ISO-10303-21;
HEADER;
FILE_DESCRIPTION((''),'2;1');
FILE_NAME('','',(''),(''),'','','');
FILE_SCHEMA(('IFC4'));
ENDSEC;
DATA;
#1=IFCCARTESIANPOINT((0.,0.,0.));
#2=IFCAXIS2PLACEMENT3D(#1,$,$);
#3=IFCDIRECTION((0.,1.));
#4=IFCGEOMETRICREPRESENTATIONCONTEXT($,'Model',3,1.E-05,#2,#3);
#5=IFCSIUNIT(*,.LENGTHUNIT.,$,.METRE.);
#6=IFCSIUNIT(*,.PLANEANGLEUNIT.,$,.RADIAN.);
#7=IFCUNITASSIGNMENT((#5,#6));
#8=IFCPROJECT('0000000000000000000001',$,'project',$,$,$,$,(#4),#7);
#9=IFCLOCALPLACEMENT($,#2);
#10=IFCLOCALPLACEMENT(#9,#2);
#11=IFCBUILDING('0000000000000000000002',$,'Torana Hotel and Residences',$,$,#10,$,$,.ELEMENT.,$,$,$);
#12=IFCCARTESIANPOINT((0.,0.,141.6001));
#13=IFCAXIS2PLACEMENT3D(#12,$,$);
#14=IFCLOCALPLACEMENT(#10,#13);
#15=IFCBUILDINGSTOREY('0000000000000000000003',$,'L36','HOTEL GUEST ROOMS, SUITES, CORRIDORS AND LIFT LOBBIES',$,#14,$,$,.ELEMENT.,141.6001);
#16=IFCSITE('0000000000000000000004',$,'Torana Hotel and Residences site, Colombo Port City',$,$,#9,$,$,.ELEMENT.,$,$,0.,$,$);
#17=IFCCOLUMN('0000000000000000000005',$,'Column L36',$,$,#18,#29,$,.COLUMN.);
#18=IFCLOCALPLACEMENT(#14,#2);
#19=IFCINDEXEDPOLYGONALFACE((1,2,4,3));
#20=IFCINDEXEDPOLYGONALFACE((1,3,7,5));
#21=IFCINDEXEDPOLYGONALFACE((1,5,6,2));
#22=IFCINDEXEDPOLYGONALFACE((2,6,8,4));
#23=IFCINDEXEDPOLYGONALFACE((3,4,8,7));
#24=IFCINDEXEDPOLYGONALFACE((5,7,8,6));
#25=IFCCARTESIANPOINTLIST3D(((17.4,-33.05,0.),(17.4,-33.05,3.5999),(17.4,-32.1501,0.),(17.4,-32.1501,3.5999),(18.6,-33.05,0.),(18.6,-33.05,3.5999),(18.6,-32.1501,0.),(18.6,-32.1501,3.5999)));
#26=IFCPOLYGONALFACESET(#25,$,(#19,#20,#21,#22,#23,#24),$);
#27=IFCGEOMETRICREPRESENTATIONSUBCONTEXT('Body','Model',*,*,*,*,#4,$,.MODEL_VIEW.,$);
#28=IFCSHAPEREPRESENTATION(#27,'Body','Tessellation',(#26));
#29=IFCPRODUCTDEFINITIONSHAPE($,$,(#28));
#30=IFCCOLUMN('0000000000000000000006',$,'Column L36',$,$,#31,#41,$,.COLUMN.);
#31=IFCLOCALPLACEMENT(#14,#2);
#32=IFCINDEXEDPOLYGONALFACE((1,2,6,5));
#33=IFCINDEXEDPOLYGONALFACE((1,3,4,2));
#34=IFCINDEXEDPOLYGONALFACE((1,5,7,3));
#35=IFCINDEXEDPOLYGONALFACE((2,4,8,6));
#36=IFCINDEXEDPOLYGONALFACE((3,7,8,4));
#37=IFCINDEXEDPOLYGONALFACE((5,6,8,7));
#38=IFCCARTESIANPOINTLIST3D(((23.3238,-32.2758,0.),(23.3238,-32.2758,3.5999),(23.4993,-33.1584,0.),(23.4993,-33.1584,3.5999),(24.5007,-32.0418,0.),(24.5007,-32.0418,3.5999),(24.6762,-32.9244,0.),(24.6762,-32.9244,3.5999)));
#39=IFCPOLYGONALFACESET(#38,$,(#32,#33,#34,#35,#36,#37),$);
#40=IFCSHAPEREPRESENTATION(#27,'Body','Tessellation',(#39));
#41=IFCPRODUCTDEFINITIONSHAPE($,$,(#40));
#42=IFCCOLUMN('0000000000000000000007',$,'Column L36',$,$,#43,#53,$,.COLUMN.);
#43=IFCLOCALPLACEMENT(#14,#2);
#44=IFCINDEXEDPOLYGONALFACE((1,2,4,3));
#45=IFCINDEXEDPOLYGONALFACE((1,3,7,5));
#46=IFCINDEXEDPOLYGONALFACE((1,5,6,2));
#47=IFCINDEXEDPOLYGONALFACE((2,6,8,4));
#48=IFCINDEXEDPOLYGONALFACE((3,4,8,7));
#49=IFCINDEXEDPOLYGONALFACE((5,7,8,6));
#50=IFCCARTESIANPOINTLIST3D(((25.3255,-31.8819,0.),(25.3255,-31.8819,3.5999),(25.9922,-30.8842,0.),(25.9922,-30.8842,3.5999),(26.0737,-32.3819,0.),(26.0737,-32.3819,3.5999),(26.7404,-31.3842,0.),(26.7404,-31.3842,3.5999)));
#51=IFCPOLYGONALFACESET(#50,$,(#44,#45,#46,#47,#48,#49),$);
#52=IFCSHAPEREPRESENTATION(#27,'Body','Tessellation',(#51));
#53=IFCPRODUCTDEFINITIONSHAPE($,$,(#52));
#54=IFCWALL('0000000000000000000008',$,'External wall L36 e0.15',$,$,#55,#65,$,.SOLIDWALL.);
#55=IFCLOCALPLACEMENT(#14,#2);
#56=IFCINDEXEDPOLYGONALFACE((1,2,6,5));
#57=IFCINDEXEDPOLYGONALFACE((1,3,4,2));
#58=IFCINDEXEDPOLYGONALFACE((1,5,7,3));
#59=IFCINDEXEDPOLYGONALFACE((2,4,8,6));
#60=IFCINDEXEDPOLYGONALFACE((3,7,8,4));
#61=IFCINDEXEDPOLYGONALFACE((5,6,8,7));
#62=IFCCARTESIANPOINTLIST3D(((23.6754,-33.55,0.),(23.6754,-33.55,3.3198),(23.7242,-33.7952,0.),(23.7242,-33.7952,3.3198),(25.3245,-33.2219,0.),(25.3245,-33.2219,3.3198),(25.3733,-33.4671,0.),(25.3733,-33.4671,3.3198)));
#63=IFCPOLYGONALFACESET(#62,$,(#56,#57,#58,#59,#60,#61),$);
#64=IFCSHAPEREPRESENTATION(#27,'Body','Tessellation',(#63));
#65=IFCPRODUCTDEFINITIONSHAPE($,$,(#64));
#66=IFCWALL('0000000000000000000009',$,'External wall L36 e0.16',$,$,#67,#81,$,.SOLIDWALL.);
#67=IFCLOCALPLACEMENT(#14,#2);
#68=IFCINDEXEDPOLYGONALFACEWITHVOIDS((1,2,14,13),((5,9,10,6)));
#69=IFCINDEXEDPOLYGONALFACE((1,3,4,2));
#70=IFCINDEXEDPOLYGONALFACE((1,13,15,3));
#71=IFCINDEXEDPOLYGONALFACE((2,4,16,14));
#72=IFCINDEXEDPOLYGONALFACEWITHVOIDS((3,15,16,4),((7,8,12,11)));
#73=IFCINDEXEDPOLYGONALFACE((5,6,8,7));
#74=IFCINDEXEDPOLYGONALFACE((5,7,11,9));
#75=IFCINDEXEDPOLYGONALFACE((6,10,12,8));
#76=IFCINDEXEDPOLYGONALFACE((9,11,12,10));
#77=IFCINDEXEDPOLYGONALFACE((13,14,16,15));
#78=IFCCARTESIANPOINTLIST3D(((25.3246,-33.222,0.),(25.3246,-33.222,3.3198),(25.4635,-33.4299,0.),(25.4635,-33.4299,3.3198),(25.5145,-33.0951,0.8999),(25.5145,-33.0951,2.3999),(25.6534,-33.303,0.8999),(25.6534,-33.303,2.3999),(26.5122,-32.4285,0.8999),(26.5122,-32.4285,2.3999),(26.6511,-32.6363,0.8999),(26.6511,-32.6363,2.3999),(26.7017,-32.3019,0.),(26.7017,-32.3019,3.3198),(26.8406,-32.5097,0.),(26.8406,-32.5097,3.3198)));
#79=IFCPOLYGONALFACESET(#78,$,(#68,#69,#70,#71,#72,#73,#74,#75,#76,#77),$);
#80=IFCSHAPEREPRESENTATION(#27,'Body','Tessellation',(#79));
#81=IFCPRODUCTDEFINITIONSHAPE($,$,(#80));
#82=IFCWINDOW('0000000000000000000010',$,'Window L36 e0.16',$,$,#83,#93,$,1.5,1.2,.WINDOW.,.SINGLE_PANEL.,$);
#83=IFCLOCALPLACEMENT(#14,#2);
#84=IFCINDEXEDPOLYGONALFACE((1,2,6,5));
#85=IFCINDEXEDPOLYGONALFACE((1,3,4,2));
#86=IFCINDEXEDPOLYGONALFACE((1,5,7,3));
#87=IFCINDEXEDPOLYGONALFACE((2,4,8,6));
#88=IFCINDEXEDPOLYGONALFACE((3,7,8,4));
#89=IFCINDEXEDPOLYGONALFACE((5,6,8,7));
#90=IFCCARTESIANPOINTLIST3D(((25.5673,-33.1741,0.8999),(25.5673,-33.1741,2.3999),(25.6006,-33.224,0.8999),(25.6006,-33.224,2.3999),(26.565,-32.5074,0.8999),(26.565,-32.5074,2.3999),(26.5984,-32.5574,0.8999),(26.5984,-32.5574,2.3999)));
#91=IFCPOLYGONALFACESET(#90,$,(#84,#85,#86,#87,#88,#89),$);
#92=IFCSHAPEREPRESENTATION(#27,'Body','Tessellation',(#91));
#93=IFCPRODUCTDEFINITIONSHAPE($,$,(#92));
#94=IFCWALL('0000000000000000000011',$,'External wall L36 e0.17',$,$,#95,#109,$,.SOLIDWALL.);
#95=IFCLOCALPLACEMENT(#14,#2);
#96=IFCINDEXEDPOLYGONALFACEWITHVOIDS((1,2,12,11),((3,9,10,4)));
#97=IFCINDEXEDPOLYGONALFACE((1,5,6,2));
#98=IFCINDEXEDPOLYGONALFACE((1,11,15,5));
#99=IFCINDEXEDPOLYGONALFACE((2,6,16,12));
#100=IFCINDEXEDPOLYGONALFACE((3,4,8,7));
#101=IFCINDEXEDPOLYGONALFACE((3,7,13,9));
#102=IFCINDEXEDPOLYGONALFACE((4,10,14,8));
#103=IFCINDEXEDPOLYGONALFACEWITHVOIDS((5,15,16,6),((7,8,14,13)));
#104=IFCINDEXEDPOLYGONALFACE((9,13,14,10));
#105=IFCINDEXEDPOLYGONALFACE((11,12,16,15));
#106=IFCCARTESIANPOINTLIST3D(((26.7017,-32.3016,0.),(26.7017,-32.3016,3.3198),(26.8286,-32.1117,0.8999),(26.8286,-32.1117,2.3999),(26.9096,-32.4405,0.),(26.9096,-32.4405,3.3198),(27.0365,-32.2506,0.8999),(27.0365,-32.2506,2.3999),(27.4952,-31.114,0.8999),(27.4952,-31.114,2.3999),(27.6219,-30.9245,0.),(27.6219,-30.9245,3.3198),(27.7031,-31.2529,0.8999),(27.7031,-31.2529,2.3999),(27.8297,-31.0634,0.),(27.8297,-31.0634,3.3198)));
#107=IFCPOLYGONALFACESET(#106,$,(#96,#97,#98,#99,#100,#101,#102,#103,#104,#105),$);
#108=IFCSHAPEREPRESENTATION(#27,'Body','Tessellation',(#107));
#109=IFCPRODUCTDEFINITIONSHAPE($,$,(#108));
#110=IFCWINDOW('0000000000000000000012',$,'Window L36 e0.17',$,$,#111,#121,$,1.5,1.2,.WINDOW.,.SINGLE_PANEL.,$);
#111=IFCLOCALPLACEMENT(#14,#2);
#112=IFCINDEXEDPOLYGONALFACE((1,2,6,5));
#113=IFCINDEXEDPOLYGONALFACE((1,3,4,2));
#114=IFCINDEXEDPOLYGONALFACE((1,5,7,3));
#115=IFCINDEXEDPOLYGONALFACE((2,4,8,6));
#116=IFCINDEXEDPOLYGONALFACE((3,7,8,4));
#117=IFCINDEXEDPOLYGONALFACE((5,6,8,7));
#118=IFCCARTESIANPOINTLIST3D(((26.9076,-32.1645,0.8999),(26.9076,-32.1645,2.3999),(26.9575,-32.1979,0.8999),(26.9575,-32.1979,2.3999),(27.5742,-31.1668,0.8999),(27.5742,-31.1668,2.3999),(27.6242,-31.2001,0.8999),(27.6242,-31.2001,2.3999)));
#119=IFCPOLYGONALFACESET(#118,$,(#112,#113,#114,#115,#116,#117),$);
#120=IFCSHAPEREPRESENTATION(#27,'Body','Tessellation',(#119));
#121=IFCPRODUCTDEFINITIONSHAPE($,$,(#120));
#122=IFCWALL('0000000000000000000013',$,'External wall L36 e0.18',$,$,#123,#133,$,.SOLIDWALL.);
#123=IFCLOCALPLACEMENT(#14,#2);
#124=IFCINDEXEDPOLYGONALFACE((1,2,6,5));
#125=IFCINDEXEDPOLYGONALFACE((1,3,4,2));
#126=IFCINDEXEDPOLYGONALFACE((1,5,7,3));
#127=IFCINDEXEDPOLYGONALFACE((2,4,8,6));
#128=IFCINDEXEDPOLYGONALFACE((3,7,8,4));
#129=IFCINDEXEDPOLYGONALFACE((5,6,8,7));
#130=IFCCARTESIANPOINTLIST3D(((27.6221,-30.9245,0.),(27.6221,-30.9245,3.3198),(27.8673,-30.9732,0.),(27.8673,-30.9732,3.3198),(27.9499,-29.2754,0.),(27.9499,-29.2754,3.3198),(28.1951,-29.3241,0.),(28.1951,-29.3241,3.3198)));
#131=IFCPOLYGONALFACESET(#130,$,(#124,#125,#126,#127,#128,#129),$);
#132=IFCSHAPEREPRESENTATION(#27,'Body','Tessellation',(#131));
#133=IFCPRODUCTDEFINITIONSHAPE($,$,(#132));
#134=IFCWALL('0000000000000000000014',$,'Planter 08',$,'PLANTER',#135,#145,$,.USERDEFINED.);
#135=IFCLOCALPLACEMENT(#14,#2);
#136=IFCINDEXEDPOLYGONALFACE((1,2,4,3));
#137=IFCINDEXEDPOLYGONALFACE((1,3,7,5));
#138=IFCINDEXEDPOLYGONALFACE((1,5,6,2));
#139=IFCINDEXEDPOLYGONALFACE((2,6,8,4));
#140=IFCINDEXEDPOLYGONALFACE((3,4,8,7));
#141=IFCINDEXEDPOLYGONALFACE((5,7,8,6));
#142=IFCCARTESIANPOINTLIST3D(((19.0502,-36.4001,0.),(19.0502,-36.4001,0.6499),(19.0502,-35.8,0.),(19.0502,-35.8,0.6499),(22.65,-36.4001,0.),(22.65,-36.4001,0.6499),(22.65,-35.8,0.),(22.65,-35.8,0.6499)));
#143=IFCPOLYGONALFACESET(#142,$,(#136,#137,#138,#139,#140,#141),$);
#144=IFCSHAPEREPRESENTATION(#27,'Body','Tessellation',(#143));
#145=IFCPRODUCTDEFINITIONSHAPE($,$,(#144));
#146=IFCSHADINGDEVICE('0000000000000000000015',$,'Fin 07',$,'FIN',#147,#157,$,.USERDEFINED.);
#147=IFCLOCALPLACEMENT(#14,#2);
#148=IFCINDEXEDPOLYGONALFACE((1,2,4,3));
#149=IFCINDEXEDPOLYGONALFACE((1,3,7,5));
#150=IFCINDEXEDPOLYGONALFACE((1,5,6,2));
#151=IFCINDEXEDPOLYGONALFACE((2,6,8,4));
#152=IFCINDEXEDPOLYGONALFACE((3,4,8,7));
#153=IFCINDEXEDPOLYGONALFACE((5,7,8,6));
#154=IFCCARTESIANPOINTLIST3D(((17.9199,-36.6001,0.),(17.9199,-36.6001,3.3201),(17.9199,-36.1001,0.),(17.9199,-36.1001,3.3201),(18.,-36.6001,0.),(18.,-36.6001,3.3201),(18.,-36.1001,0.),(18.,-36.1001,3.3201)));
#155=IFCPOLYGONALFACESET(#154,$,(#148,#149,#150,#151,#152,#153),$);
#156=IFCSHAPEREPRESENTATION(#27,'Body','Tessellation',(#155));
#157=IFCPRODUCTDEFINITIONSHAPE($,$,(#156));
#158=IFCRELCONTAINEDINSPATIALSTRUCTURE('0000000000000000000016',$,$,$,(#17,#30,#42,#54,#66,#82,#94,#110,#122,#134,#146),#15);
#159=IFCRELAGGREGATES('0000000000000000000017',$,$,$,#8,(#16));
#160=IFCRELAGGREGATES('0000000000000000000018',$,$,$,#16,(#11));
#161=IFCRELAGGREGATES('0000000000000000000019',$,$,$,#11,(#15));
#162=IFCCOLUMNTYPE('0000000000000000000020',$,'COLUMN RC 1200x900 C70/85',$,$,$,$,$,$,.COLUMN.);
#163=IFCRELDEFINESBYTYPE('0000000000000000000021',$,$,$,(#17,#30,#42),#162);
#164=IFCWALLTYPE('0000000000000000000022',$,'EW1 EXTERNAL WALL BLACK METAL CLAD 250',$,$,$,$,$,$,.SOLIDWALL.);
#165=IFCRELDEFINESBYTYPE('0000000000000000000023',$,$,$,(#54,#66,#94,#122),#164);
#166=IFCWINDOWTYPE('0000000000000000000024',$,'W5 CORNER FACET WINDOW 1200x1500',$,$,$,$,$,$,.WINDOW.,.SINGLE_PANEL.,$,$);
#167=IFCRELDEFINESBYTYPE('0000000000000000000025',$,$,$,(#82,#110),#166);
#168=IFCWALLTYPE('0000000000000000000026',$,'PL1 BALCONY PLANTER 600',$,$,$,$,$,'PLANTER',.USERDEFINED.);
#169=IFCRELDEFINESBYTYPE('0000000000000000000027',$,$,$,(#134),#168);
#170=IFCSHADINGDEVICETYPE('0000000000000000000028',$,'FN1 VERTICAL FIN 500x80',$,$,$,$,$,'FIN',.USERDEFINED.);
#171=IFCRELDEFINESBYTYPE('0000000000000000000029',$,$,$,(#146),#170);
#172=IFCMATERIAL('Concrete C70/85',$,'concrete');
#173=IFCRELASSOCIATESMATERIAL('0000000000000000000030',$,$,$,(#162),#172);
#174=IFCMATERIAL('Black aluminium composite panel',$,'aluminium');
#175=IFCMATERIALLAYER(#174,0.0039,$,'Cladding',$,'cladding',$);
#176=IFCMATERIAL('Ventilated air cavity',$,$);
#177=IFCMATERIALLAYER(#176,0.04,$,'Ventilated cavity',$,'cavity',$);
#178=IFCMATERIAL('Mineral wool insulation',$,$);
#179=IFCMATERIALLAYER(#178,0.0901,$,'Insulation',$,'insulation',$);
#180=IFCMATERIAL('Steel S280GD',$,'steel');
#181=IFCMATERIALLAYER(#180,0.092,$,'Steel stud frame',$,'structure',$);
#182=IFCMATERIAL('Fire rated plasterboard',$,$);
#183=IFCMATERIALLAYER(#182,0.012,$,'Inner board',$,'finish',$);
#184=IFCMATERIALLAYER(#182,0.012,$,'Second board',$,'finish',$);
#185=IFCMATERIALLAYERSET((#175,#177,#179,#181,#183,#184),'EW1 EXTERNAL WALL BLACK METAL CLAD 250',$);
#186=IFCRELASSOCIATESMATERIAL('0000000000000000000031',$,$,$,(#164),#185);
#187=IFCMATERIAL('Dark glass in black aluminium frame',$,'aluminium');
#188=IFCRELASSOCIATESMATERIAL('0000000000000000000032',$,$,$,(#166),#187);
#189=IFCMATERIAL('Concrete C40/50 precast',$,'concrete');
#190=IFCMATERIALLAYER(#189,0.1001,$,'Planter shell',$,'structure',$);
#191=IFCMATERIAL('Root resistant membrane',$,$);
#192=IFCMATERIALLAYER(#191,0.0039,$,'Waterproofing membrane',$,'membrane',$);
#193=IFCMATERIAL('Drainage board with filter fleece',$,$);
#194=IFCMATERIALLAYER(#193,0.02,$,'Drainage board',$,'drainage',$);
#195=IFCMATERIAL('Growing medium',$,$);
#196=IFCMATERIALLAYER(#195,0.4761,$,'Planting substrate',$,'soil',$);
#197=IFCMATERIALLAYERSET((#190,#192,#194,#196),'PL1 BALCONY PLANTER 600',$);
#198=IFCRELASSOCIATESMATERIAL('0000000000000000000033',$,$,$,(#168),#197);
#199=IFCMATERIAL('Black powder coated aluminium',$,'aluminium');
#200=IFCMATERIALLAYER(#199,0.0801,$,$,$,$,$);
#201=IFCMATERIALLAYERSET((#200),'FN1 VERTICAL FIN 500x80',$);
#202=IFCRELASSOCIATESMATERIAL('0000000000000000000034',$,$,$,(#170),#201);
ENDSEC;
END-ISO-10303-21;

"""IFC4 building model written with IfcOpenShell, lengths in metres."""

from ifc_helpers import new_model, si_unit, direction, frame, frame_2d, origin, origin_2d, place, context, subcontext, project, spatial, rectangle, extrude, material, layer, layer_set, material_profile, profile_set, type_object, element, fill, save


model = new_model("IFC4")

# Units and contexts
model_context = context("Model", 3, precision=1e-05, world=origin(), true_north=direction((0.0, 1.0)))
body_context = subcontext(model_context, "Body", "Model", "MODEL_VIEW")
ifc_project = project(units=[si_unit("LENGTHUNIT", "METRE"), si_unit("PLANEANGLEUNIT", "RADIAN")], contexts=[model_context])

# Site, building, storey
site_placement = place(None, origin())
site = spatial("IfcSite", under=ifc_project, at=site_placement, Name="Torana Hotel and Residences site, Colombo Port City", CompositionType="ELEMENT", RefElevation=0.0)
building_placement = place(site_placement, origin())
building = spatial("IfcBuilding", under=site, at=building_placement, Name="Torana Hotel and Residences", CompositionType="ELEMENT")
storey_placement = place(building_placement, frame((0.0, 0.0, 141.6001)))
storey = spatial("IfcBuildingStorey", under=building, at=storey_placement, Name="L36", Description="HOTEL GUEST ROOMS, SUITES, CORRIDORS AND LIFT LOBBIES", CompositionType="ELEMENT", Elevation=141.6001)

# Columns
ifc_material_1 = material(Name="Concrete C70/85", Category="concrete")
ifc_material_profile = material_profile(ifc_material_1, rectangle(XDim=1.2, YDim=0.8999, at=origin_2d()), Name="RC 1200x900")
ifc_profile_set = profile_set([ifc_material_profile], Name="Concrete C70/85")
column_type = type_object("IfcColumnType", Name="COLUMN RC 1200x900 C70/85", PredefinedType="COLUMN", material=ifc_profile_set)
for number, where, z_axis, x_axis, name in (
    (1, (18.0, -32.6001, 0.0), (0.0, 0.0, 1.0), (1.0, 0.0, 0.0), "Column L36"),
    (2, (24.0, -32.6001, 0.0), (0.0, 0.0, 1.0), (0.980792, 0.195056, 0.0), "Column L36"),
    (3, (26.033, -31.6331, 0.0), (0.0, 0.0, 1.0), (0.555585, 0.83146, 0.0), "Column L36"),
):
    element("IfcColumn", number, at=place(storey_placement, frame(where, z_axis=z_axis, x_axis=x_axis)), inside=storey, type_object=column_type, Name=name, PredefinedType="COLUMN", context=body_context, shape_type="SweptSolid", body=[
        extrude(rectangle(XDim=1.2, YDim=0.8999, at=origin_2d()), origin(), (0.0, 0.0, 1.0), 3.5999),
    ])

# Wall
ifc_material_2 = material(Name="Black aluminium composite panel", Category="aluminium")
ifc_layer_1 = layer(ifc_material_2, 0.0039, Name="Cladding", Category="cladding")
ifc_material_3 = material(Name="Ventilated air cavity")
ifc_layer_2 = layer(ifc_material_3, 0.04, Name="Ventilated cavity", Category="cavity")
ifc_material_4 = material(Name="Mineral wool insulation")
ifc_layer_3 = layer(ifc_material_4, 0.0901, Name="Insulation", Category="insulation")
ifc_material_5 = material(Name="Steel S280GD", Category="steel")
ifc_layer_4 = layer(ifc_material_5, 0.092, Name="Steel stud frame", Category="structure")
ifc_material_6 = material(Name="Fire rated plasterboard")
ifc_layer_5 = layer(ifc_material_6, 0.012, Name="Inner board", Category="finish")
ifc_layer_6 = layer(ifc_material_6, 0.012, Name="Second board", Category="finish")
ifc_layer_set_1 = layer_set([ifc_layer_1, ifc_layer_2, ifc_layer_3, ifc_layer_4, ifc_layer_5, ifc_layer_6], Name="EW1 EXTERNAL WALL BLACK METAL CLAD 250")
wall_type_1 = type_object("IfcWallType", Name="EW1 EXTERNAL WALL BLACK METAL CLAD 250", PredefinedType="SOLIDWALL", material=ifc_layer_set_1)
wall_1_placement = place(storey_placement, frame((23.6997, -33.6726, 0.0), z_axis=(0.0, 0.0, 1.0), x_axis=(0.980776, 0.195139, 0.0)))
element("IfcWall", 4, at=wall_1_placement, inside=storey, type_object=wall_type_1, Name="External wall L36 e0.15", PredefinedType="SOLIDWALL", context=body_context, shape_type="SweptSolid", body=[
    extrude(rectangle(XDim=1.6814, YDim=0.25, at=frame_2d((0.8408, 0.0))), origin(), (0.0, 0.0, 1.0), 3.3198),
])

# Walls, openings, windows
wall_2_placement = place(storey_placement, frame((25.394, -33.3259, 0.0), z_axis=(0.0, 0.0, 1.0), x_axis=(0.831483, 0.55555, 0.0)))
wall_2 = element("IfcWall", 5, at=wall_2_placement, inside=storey, type_object=wall_type_1, Name="External wall L36 e0.16", PredefinedType="SOLIDWALL", context=body_context, shape_type="SweptSolid", body=[
    extrude(rectangle(XDim=1.6562, YDim=0.25, at=frame_2d((0.8281, 0.0))), origin(), (0.0, 0.0, 1.0), 3.3198),
])
opening_1_placement = place(wall_2_placement, frame((0.2283, 0.0, 0.8999)))
opening_1 = element("IfcOpeningElement", 6, at=opening_1_placement, cuts=wall_2, PredefinedType="OPENING", context=body_context, shape_type="SweptSolid", body=[
    extrude(rectangle(XDim=1.2, YDim=1.5, at=frame_2d((0.6001, 0.75))), frame((0.0, 0.135, 0.0), z_axis=(0.0, -1.0, 0.0), x_axis=(1.0, 0.0, 0.0)), (0.0, 0.0, 1.0), 0.27),
])
ifc_material_7 = material(Name="Dark glass in black aluminium frame", Category="aluminium")
window_type_1 = type_object("IfcWindowType", Name="W5 CORNER FACET WINDOW 1200x1500", PartitioningType="SINGLE_PANEL", PredefinedType="WINDOW", material=ifc_material_7)
window_1_placement = place(opening_1_placement, origin())
window_1 = element("IfcWindow", 7, at=window_1_placement, inside=storey, type_object=window_type_1, Name="Window L36 e0.16", OverallHeight=1.5, OverallWidth=1.2, PartitioningType="SINGLE_PANEL", PredefinedType="WINDOW", context=body_context, shape_type="SweptSolid", body=[
    extrude(rectangle(XDim=1.2, YDim=1.5, at=frame_2d((0.6001, 0.75))), frame((0.0, 0.03, 0.0), z_axis=(0.0, -1.0, 0.0), x_axis=(1.0, 0.0, 0.0)), (0.0, 0.0, 1.0), 0.0601),
])
fill(opening_1, window_1)
wall_3_placement = place(storey_placement, frame((26.8057, -32.3711, 0.0), z_axis=(0.0, 0.0, 1.0), x_axis=(0.55555, 0.831483, 0.0)))
wall_3 = element("IfcWall", 8, at=wall_3_placement, inside=storey, type_object=wall_type_1, Name="External wall L36 e0.17", PredefinedType="SOLIDWALL", context=body_context, shape_type="SweptSolid", body=[
    extrude(rectangle(XDim=1.6562, YDim=0.25, at=frame_2d((0.8281, 0.0))), origin(), (0.0, 0.0, 1.0), 3.3198),
])
opening_2_placement = place(wall_3_placement, frame((0.2283, 0.0, 0.8999)))
opening_2 = element("IfcOpeningElement", 9, at=opening_2_placement, cuts=wall_3, PredefinedType="OPENING", context=body_context, shape_type="SweptSolid", body=[
    extrude(rectangle(XDim=1.2, YDim=1.5, at=frame_2d((0.6001, 0.75))), frame((0.0, 0.135, 0.0), z_axis=(0.0, -1.0, 0.0), x_axis=(1.0, 0.0, 0.0)), (0.0, 0.0, 1.0), 0.27),
])
window_2_placement = place(opening_2_placement, origin())
window_2 = element("IfcWindow", 10, at=window_2_placement, inside=storey, type_object=window_type_1, Name="Window L36 e0.17", OverallHeight=1.5, OverallWidth=1.2, PartitioningType="SINGLE_PANEL", PredefinedType="WINDOW", context=body_context, shape_type="SweptSolid", body=[
    extrude(rectangle(XDim=1.2, YDim=1.5, at=frame_2d((0.6001, 0.75))), frame((0.0, 0.03, 0.0), z_axis=(0.0, -1.0, 0.0), x_axis=(1.0, 0.0, 0.0)), (0.0, 0.0, 1.0), 0.0601),
])
fill(opening_2, window_2)

# Wall
wall_4_placement = place(storey_placement, frame((27.7446, -30.949, 0.0), z_axis=(0.0, 0.0, 1.0), x_axis=(0.194999, 0.980803, 0.0)))
element("IfcWall", 11, at=wall_4_placement, inside=storey, type_object=wall_type_1, Name="External wall L36 e0.18", PredefinedType="SOLIDWALL", context=body_context, shape_type="SweptSolid", body=[
    extrude(rectangle(XDim=1.6814, YDim=0.25, at=frame_2d((0.8408, 0.0))), origin(), (0.0, 0.0, 1.0), 3.3198),
])

# Wall
ifc_material_8 = material(Name="Concrete C40/50 precast", Category="concrete")
ifc_layer_7 = layer(ifc_material_8, 0.1001, Name="Planter shell", Category="structure")
ifc_material_9 = material(Name="Root resistant membrane")
ifc_layer_8 = layer(ifc_material_9, 0.0039, Name="Waterproofing membrane", Category="membrane")
ifc_material_10 = material(Name="Drainage board with filter fleece")
ifc_layer_9 = layer(ifc_material_10, 0.02, Name="Drainage board", Category="drainage")
ifc_material_11 = material(Name="Growing medium")
ifc_layer_10 = layer(ifc_material_11, 0.4761, Name="Planting substrate", Category="soil")
ifc_layer_set_2 = layer_set([ifc_layer_7, ifc_layer_8, ifc_layer_9, ifc_layer_10], Name="PL1 BALCONY PLANTER 600")
wall_type_2 = type_object("IfcWallType", Name="PL1 BALCONY PLANTER 600", ElementType="PLANTER", PredefinedType="USERDEFINED", material=ifc_layer_set_2)
wall_5_placement = place(storey_placement, frame((22.6499, -36.1001, 0.0), z_axis=(0.0, 0.0, 1.0), x_axis=(-1.0, 0.0, 0.0)))
element("IfcWall", 12, at=wall_5_placement, inside=storey, type_object=wall_type_2, Name="Planter 08", ObjectType="PLANTER", PredefinedType="USERDEFINED", context=body_context, shape_type="SweptSolid", body=[
    extrude(rectangle(XDim=3.5999, YDim=0.6001, at=frame_2d((1.7998, 0.0))), origin(), (0.0, 0.0, 1.0), 0.6499),
])

# Shading device
ifc_material_12 = material(Name="Black powder coated aluminium", Category="aluminium")
ifc_layer_11 = layer(ifc_material_12, 0.0801)
ifc_layer_set_3 = layer_set([ifc_layer_11], Name="FN1 VERTICAL FIN 500x80")
shading_device_type = type_object("IfcShadingDeviceType", Name="FN1 VERTICAL FIN 500x80", ElementType="FIN", PredefinedType="USERDEFINED", material=ifc_layer_set_3)
shading_device_placement = place(storey_placement, frame((17.96, -36.3501, 0.0), z_axis=(0.0, 0.0, 1.0), x_axis=(-1.0, 0.0, 0.0)))
element("IfcShadingDevice", 13, at=shading_device_placement, inside=storey, type_object=shading_device_type, Name="Fin 07", ObjectType="FIN", PredefinedType="USERDEFINED", context=body_context, shape_type="SweptSolid", body=[
    extrude(rectangle(XDim=0.0801, YDim=0.5, at=origin_2d()), origin(), (0.0, 0.0, 1.0), 3.3201),
])

save(model, "model.ifc")
